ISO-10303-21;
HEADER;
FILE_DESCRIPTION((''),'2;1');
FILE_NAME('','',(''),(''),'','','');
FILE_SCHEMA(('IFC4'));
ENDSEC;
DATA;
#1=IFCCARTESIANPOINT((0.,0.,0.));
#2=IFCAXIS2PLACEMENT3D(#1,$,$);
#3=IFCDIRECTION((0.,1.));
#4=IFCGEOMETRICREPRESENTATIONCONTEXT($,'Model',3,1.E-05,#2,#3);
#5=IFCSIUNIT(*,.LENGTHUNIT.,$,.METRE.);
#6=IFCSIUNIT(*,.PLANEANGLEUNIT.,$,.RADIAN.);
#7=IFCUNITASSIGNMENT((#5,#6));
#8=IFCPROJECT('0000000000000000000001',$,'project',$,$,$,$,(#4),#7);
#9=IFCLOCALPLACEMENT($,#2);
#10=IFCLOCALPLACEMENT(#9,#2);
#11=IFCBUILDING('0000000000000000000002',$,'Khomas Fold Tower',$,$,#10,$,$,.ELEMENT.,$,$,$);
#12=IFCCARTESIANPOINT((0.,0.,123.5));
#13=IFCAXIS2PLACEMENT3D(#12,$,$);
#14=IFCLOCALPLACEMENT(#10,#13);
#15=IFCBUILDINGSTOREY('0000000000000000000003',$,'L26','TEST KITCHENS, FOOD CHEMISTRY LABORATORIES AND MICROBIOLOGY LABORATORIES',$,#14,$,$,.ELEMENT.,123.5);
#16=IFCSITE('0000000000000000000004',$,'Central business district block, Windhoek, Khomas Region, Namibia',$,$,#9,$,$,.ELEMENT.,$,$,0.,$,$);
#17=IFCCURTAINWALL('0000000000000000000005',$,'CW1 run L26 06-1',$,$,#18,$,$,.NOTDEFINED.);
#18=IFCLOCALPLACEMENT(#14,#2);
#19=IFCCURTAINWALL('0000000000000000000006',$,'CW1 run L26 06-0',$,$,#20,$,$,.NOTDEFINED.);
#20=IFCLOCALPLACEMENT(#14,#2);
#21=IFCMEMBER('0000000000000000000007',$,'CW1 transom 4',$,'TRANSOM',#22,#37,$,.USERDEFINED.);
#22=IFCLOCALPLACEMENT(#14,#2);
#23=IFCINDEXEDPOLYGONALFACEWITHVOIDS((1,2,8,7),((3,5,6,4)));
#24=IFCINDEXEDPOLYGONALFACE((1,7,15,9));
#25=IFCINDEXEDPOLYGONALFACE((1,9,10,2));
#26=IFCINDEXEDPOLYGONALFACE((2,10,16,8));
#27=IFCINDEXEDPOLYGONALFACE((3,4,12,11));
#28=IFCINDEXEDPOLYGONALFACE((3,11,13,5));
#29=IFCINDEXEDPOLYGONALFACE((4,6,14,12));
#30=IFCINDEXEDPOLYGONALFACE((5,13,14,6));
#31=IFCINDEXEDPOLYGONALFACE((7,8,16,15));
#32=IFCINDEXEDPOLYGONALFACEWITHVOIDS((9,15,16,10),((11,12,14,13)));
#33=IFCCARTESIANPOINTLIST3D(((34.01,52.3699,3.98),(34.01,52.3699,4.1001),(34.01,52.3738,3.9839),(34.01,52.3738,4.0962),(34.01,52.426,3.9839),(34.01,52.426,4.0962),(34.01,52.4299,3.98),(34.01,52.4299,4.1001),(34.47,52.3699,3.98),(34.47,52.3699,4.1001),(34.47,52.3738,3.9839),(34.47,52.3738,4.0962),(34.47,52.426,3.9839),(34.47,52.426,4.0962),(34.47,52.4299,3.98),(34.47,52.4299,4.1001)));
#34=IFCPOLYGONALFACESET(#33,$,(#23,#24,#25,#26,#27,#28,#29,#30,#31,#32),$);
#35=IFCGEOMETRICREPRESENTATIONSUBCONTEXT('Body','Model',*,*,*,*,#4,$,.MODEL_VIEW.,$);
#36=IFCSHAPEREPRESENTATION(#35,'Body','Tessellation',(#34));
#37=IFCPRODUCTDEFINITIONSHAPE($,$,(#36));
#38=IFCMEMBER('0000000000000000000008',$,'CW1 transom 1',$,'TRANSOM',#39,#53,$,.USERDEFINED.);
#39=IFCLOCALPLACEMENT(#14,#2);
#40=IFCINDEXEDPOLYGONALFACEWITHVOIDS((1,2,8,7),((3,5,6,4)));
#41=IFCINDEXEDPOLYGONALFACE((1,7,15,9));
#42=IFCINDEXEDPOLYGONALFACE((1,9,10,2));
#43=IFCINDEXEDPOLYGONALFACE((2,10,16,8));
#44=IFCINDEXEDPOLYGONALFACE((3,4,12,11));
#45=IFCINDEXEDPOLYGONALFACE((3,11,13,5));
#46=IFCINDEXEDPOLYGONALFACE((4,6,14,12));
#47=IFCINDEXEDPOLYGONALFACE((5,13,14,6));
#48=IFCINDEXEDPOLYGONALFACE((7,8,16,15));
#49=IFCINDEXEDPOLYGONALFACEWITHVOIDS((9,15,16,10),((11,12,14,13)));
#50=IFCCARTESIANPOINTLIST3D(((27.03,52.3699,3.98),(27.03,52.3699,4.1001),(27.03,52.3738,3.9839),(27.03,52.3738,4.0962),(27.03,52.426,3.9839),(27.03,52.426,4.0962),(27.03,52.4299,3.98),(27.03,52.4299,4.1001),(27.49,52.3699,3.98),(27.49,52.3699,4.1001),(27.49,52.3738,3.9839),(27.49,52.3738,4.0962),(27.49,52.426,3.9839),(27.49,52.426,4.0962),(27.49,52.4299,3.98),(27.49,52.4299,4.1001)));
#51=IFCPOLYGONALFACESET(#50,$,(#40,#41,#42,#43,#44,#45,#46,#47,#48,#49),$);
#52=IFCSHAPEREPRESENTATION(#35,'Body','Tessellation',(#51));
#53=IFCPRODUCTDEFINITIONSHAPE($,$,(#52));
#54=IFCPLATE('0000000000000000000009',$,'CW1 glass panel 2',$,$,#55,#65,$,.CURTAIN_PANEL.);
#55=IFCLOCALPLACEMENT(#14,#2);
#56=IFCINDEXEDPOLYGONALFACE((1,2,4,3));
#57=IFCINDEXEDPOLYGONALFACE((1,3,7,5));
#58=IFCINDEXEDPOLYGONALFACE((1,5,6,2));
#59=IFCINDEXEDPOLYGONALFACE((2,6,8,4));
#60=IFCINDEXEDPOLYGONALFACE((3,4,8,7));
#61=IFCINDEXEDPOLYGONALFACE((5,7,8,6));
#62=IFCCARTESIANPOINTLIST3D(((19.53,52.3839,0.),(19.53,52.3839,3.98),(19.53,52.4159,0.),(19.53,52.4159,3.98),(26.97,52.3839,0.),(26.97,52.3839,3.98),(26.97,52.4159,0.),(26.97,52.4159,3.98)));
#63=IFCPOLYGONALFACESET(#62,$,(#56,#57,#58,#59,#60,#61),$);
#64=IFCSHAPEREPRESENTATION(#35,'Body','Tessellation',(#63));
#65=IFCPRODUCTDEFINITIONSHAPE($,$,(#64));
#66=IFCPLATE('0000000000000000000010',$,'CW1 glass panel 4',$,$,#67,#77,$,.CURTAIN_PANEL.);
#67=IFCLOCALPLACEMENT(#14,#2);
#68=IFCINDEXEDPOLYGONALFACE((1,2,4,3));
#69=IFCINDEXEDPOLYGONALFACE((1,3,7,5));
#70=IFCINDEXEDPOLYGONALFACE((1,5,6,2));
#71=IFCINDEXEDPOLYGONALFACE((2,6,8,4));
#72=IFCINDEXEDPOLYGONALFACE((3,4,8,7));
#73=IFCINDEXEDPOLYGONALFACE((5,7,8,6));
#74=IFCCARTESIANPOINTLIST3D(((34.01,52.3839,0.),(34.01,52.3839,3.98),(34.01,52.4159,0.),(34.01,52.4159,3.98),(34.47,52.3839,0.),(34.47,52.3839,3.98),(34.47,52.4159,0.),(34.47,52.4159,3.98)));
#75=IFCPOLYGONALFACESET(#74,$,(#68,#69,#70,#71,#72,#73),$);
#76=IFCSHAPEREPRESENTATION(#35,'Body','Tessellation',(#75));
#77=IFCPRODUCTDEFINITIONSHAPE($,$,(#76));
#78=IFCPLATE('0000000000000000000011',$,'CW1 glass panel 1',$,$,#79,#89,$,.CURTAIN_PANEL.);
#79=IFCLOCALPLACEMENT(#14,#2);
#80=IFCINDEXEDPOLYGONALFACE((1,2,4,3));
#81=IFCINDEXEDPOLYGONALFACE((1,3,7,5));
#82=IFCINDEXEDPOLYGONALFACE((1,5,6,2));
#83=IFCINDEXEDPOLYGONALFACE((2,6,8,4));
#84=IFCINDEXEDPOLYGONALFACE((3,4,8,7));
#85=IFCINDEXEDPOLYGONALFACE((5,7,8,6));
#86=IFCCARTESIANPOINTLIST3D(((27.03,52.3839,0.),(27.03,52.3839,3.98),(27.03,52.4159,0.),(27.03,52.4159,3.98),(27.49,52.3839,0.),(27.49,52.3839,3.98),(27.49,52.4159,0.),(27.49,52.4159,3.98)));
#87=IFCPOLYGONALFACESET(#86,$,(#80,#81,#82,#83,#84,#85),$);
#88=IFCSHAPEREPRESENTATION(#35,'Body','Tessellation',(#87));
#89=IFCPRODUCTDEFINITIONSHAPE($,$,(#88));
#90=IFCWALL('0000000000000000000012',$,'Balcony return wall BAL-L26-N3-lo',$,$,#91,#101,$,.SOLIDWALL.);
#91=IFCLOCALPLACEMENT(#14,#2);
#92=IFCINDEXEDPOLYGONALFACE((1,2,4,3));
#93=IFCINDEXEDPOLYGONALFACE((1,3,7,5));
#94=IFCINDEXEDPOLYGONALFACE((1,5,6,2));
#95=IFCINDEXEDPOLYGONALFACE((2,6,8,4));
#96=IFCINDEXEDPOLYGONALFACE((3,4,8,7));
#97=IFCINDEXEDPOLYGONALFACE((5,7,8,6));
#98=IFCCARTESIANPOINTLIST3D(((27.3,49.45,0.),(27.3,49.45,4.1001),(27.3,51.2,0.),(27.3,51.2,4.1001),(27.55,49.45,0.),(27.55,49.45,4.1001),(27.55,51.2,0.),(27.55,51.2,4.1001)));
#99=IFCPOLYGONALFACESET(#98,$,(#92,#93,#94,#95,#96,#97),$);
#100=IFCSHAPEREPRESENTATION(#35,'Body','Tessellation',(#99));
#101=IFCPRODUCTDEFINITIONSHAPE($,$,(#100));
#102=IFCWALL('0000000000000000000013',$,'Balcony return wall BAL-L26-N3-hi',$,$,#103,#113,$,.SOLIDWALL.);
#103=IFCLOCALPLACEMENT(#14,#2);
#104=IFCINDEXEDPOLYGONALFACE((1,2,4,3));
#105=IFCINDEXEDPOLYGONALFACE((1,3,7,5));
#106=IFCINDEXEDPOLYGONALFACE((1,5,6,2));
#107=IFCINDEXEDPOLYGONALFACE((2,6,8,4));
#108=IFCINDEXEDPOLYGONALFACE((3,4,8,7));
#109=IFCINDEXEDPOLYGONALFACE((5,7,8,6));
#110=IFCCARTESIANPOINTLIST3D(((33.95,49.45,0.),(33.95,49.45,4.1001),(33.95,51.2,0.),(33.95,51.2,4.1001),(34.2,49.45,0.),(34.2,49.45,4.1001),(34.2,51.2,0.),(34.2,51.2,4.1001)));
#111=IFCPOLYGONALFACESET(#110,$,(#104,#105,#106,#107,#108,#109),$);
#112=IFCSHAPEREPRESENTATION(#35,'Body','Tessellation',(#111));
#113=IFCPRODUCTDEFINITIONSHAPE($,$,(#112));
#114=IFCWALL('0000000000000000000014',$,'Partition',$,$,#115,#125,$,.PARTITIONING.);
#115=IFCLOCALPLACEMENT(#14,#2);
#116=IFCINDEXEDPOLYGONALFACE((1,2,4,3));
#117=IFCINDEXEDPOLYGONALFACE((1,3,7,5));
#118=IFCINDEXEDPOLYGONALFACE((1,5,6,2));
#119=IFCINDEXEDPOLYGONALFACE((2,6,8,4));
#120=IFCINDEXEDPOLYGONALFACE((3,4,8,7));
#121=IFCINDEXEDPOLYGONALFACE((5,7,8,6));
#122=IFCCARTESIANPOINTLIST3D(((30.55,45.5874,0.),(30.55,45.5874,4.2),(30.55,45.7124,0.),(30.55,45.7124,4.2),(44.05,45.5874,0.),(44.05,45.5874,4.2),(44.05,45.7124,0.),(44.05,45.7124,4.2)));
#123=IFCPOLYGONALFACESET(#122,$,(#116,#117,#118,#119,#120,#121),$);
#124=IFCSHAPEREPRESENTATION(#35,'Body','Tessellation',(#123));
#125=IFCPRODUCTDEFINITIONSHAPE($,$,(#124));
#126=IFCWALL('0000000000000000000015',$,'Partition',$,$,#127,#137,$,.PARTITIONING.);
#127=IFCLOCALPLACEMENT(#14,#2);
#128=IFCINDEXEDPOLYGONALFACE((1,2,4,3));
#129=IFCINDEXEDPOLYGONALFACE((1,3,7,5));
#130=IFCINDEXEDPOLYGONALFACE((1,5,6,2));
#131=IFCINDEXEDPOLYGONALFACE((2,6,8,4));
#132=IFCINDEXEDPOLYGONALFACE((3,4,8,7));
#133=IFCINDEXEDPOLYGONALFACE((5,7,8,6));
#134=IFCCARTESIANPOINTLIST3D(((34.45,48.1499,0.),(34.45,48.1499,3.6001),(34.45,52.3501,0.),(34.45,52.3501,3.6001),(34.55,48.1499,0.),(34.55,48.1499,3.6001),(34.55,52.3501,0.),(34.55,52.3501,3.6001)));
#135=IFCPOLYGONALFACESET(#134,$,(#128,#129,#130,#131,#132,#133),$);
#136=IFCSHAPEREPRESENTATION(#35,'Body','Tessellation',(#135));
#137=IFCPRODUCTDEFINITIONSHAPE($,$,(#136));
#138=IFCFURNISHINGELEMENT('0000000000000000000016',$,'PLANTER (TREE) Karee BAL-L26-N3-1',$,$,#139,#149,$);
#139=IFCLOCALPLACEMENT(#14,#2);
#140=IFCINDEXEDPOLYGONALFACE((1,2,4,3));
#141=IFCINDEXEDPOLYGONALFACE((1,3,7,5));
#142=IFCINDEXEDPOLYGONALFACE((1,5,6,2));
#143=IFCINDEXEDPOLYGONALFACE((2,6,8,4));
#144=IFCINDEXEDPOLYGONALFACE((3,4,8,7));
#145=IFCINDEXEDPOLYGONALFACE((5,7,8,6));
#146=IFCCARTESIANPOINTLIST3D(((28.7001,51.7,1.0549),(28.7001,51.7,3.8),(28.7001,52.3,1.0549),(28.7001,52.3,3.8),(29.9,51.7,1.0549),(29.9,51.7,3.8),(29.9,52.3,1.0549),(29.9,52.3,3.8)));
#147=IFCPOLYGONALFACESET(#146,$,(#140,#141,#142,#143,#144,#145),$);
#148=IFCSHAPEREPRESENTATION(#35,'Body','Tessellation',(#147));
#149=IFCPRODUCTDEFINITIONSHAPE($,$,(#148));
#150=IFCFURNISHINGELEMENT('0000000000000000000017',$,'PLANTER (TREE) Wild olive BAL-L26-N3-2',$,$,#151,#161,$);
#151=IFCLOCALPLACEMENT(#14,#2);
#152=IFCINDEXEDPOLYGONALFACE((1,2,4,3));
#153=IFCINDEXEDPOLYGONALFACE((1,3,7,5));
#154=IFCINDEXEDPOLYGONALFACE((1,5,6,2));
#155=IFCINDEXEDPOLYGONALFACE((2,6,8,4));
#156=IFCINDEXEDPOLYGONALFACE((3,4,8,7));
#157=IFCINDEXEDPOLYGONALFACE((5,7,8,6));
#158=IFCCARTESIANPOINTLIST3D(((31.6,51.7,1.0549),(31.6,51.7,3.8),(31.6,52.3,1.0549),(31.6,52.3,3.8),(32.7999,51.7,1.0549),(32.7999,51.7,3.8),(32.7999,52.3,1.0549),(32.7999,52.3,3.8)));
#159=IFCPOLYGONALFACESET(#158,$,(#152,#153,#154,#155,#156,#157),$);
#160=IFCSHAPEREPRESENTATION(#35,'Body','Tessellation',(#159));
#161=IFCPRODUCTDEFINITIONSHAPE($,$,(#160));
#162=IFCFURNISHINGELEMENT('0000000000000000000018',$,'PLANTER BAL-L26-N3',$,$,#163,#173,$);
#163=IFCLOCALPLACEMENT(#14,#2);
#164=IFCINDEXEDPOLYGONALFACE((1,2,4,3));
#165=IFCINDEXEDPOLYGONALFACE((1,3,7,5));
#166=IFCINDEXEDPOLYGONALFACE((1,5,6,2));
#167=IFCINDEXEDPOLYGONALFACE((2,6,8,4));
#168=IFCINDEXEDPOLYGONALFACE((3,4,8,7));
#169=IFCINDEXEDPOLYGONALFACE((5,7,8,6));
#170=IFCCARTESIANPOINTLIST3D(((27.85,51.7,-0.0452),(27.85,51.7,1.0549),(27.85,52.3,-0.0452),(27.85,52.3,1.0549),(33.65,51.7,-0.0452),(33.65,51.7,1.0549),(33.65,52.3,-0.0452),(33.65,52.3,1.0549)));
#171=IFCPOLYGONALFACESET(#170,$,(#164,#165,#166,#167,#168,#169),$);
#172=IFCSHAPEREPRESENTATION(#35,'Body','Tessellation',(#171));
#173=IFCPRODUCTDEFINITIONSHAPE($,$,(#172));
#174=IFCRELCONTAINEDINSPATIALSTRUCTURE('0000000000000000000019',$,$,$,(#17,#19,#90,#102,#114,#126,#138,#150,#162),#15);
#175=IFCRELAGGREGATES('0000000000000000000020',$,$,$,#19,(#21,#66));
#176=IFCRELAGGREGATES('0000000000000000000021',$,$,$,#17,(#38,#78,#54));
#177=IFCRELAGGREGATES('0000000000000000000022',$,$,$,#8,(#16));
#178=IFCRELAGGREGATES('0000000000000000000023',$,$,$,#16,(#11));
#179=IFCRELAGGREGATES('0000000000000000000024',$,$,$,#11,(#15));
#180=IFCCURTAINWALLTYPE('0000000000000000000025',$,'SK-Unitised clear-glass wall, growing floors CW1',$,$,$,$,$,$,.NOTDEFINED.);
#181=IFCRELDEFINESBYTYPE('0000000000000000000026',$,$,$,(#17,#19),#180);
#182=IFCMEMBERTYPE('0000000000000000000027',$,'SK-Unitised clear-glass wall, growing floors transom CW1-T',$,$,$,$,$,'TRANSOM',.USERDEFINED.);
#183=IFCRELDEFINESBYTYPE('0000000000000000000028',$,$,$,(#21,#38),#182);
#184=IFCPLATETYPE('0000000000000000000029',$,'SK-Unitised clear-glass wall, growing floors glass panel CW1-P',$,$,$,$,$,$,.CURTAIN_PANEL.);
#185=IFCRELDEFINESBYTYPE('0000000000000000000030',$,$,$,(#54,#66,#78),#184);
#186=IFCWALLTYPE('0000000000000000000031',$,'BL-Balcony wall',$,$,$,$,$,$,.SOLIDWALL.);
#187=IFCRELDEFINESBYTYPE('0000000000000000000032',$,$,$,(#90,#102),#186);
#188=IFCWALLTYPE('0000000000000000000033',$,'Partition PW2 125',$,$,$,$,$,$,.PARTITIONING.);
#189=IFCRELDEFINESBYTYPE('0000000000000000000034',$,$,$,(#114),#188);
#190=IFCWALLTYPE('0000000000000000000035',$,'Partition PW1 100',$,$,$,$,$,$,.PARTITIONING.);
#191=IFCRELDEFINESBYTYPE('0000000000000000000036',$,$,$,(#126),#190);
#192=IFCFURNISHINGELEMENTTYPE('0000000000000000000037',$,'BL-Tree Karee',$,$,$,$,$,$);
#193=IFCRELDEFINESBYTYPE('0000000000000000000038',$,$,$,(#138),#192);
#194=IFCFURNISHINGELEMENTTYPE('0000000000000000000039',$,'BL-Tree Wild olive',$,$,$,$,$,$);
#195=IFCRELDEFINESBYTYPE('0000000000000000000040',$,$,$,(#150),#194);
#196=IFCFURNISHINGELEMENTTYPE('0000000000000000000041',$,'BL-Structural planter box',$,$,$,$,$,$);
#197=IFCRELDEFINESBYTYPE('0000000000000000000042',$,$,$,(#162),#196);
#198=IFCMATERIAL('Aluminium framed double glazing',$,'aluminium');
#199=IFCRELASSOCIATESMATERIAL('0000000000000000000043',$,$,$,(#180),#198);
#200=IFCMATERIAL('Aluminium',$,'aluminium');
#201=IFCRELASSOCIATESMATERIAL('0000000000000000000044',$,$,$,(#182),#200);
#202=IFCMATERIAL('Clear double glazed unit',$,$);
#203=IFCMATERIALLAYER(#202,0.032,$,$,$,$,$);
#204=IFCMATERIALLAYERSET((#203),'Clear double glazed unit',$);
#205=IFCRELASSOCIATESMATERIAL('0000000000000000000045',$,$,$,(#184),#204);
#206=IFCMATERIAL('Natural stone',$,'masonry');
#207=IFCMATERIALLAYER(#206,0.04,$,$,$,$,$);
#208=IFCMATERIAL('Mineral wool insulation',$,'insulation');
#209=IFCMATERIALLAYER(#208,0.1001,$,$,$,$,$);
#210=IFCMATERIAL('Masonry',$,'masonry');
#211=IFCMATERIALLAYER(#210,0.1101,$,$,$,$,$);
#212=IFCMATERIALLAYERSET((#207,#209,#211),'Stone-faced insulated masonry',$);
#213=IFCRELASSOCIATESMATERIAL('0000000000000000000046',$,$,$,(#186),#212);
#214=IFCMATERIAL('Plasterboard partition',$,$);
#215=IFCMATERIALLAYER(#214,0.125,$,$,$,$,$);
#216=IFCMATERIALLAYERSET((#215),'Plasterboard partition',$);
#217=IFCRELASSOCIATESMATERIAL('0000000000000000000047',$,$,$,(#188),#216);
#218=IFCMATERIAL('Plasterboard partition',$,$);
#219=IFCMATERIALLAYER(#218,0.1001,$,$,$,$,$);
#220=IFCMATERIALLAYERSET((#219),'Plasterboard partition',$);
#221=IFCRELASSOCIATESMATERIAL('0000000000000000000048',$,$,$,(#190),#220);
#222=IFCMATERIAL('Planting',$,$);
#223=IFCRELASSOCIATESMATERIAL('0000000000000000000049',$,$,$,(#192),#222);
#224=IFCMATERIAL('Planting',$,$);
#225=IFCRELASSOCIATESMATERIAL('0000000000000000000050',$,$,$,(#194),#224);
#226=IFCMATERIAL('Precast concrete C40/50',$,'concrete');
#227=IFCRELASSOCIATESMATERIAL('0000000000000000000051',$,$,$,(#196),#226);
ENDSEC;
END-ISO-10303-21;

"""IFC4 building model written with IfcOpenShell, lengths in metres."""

from ifc_helpers import new_model, si_unit, direction, frame, frame_2d, origin, origin_2d, place, context, subcontext, project, spatial, rectangle, hollow_rectangle, extrude, source, transform, mapped, material, layer, layer_set, material_profile, profile_set, type_object, element, aggregate, save


model = new_model("IFC4")

# Units and contexts
model_context = context("Model", 3, precision=1e-05, world=origin(), true_north=direction((0.0, 1.0)))
body_context = subcontext(model_context, "Body", "Model", "MODEL_VIEW")
ifc_project = project(units=[si_unit("LENGTHUNIT", "METRE"), si_unit("PLANEANGLEUNIT", "RADIAN")], contexts=[model_context])

# Site, building, storey
site_placement = place(None, origin())
site = spatial("IfcSite", under=ifc_project, at=site_placement, Name="Central business district block, Windhoek, Khomas Region, Namibia", CompositionType="ELEMENT", RefElevation=0.0)
building_placement = place(site_placement, origin())
building = spatial("IfcBuilding", under=site, at=building_placement, Name="Khomas Fold Tower", CompositionType="ELEMENT")
storey_placement = place(building_placement, frame((0.0, 0.0, 123.5)))
storey = spatial("IfcBuildingStorey", under=building, at=storey_placement, Name="L26", Description="TEST KITCHENS, FOOD CHEMISTRY LABORATORIES AND MICROBIOLOGY LABORATORIES", CompositionType="ELEMENT", Elevation=123.5)

# Curtain wall
ifc_material_1 = material(Name="Aluminium framed double glazing", Category="aluminium")
curtain_wall_type = type_object("IfcCurtainWallType", Name="SK-Unitised clear-glass wall, growing floors CW1", PredefinedType="NOTDEFINED", material=ifc_material_1)
curtain_wall_1_placement = place(storey_placement, origin())
curtain_wall_1 = element("IfcCurtainWall", 1, at=curtain_wall_1_placement, inside=storey, type_object=curtain_wall_type, Name="CW1 run L26 06-1", PredefinedType="NOTDEFINED")
ifc_material_2 = material(Name="Aluminium", Category="aluminium")
ifc_material_profile_1 = material_profile(ifc_material_2, hollow_rectangle(XDim=0.0601, YDim=0.1201, WallThickness=0.0039, at=origin_2d()), Name="SK-Unitised clear-glass wall, growing floors transom CW1-T")
ifc_profile_set_1 = profile_set([ifc_material_profile_1], Name="Aluminium")
member_type_1 = type_object("IfcMemberType", Name="SK-Unitised clear-glass wall, growing floors transom CW1-T", ElementType="TRANSOM", PredefinedType="USERDEFINED", material=ifc_profile_set_1)

# Curtain wall
curtain_wall_2_placement = place(storey_placement, origin())
curtain_wall_2 = element("IfcCurtainWall", 2, at=curtain_wall_2_placement, inside=storey, type_object=curtain_wall_type, Name="CW1 run L26 06-0", PredefinedType="NOTDEFINED")

# Members
shared_shape_1 = source(origin(), body_context, "Body", "SweptSolid", [
    extrude(hollow_rectangle(XDim=0.0601, YDim=0.1201, WallThickness=0.0039, at=origin_2d()), origin(), (0.0, 0.0, 1.0), 0.46),
])
member_1_placement = place(storey_placement, frame((34.47, 52.3999, 4.04), z_axis=(-1.0, 0.0, 0.0), x_axis=(0.0, -1.0, 0.0)))
member_1 = element("IfcMember", 3, at=member_1_placement, type_object=member_type_1, Name="CW1 transom 4", ObjectType="TRANSOM", PredefinedType="USERDEFINED", context=body_context, shape_type="MappedRepresentation", body=[
    mapped(shared_shape_1, transform((0.0, 0.0, 0.0))),
])
member_2_placement = place(storey_placement, frame((27.49, 52.3999, 4.04), z_axis=(-1.0, 0.0, 0.0), x_axis=(0.0, -1.0, 0.0)))
member_2 = element("IfcMember", 4, at=member_2_placement, type_object=member_type_1, Name="CW1 transom 1", ObjectType="TRANSOM", PredefinedType="USERDEFINED", context=body_context, shape_type="MappedRepresentation", body=[
    mapped(shared_shape_1, transform((0.0, 0.0, 0.0))),
])

# Plates
ifc_material_3 = material(Name="Clear double glazed unit")
ifc_layer_1 = layer(ifc_material_3, 0.032)
ifc_layer_set_1 = layer_set([ifc_layer_1], Name="Clear double glazed unit")
plate_type = type_object("IfcPlateType", Name="SK-Unitised clear-glass wall, growing floors glass panel CW1-P", PredefinedType="CURTAIN_PANEL", material=ifc_layer_set_1)
shared_shape_2 = source(origin(), body_context, "Body", "SweptSolid", [
    extrude(rectangle(XDim=7.4399, YDim=0.032, at=origin_2d()), origin(), (0.0, 0.0, 1.0), 3.98),
])
plate_1_placement = place(storey_placement, frame((23.25, 52.3999, 0.0), z_axis=(0.0, 0.0, 1.0), x_axis=(-1.0, 0.0, 0.0)))
plate_1 = element("IfcPlate", 5, at=plate_1_placement, type_object=plate_type, Name="CW1 glass panel 2", PredefinedType="CURTAIN_PANEL", context=body_context, shape_type="MappedRepresentation", body=[
    mapped(shared_shape_2, transform((0.0, 0.0, 0.0))),
])
shared_shape_3 = source(origin(), body_context, "Body", "SweptSolid", [
    extrude(rectangle(XDim=0.46, YDim=0.032, at=origin_2d()), origin(), (0.0, 0.0, 1.0), 3.98),
])
plate_2_placement = place(storey_placement, frame((34.24, 52.3999, 0.0), z_axis=(0.0, 0.0, 1.0), x_axis=(-1.0, 0.0, 0.0)))
plate_2 = element("IfcPlate", 6, at=plate_2_placement, type_object=plate_type, Name="CW1 glass panel 4", PredefinedType="CURTAIN_PANEL", context=body_context, shape_type="MappedRepresentation", body=[
    mapped(shared_shape_3, transform((0.0, 0.0, 0.0))),
])
aggregate(curtain_wall_2, [member_1, plate_2])
plate_3_placement = place(storey_placement, frame((27.26, 52.3999, 0.0), z_axis=(0.0, 0.0, 1.0), x_axis=(-1.0, 0.0, 0.0)))
plate_3 = element("IfcPlate", 7, at=plate_3_placement, type_object=plate_type, Name="CW1 glass panel 1", PredefinedType="CURTAIN_PANEL", context=body_context, shape_type="MappedRepresentation", body=[
    mapped(shared_shape_3, transform((0.0, 0.0, 0.0))),
])
aggregate(curtain_wall_1, [member_2, plate_3, plate_1])

# Shared definitions
ifc_material_4 = material(Name="Natural stone", Category="masonry")
ifc_layer_2 = layer(ifc_material_4, 0.04)
ifc_material_5 = material(Name="Mineral wool insulation", Category="insulation")
ifc_layer_3 = layer(ifc_material_5, 0.1001)
ifc_material_6 = material(Name="Masonry", Category="masonry")
ifc_layer_4 = layer(ifc_material_6, 0.1101)
ifc_layer_set_2 = layer_set([ifc_layer_2, ifc_layer_3, ifc_layer_4], Name="Stone-faced insulated masonry")
wall_type_1 = type_object("IfcWallType", Name="BL-Balcony wall", PredefinedType="SOLIDWALL", material=ifc_layer_set_2)

# Walls
shared_shape_4 = source(origin(), body_context, "Body", "SweptSolid", [
    extrude(rectangle(XDim=1.75, YDim=0.25, at=frame_2d((0.875, 0.0))), origin(), (0.0, 0.0, 1.0), 4.1001),
])
for number, where, z_axis, x_axis, name in (
    (8, (27.425, 51.2, 0.0), (0.0, 0.0, 1.0), (0.0, -1.0, 0.0), "Balcony return wall BAL-L26-N3-lo"),
    (9, (34.075, 51.2, 0.0), (0.0, 0.0, 1.0), (0.0, -1.0, 0.0), "Balcony return wall BAL-L26-N3-hi"),
):
    element("IfcWall", number, at=place(storey_placement, frame(where, z_axis=z_axis, x_axis=x_axis)), inside=storey, type_object=wall_type_1, Name=name, PredefinedType="SOLIDWALL", context=body_context, shape_type="MappedRepresentation", body=[
        mapped(shared_shape_4, transform((0.0, 0.0, 0.0))),
    ])
ifc_material_7 = material(Name="Plasterboard partition")
ifc_layer_5 = layer(ifc_material_7, 0.125)
ifc_layer_set_3 = layer_set([ifc_layer_5], Name="Plasterboard partition")
wall_type_2 = type_object("IfcWallType", Name="Partition PW2 125", PredefinedType="PARTITIONING", material=ifc_layer_set_3)
shared_shape_5 = source(origin(), body_context, "Body", "SweptSolid", [
    extrude(rectangle(XDim=13.5, YDim=0.125, at=frame_2d((6.75, 0.0))), origin(), (0.0, 0.0, 1.0), 4.2),
])
wall_1_placement = place(storey_placement, frame((30.55, 45.6499, 0.0), z_axis=(0.0, 0.0, 1.0), x_axis=(1.0, 0.0, 0.0)))
element("IfcWall", 10, at=wall_1_placement, inside=storey, type_object=wall_type_2, Name="Partition", PredefinedType="PARTITIONING", context=body_context, shape_type="MappedRepresentation", body=[
    mapped(shared_shape_5, transform((0.0, 0.0, 0.0))),
])
ifc_material_8 = material(Name="Plasterboard partition")
ifc_layer_6 = layer(ifc_material_8, 0.1001)
ifc_layer_set_4 = layer_set([ifc_layer_6], Name="Plasterboard partition")
wall_type_3 = type_object("IfcWallType", Name="Partition PW1 100", PredefinedType="PARTITIONING", material=ifc_layer_set_4)
shared_shape_6 = source(origin(), body_context, "Body", "SweptSolid", [
    extrude(rectangle(XDim=4.2002, YDim=0.1001, at=frame_2d((2.1001, 0.0))), origin(), (0.0, 0.0, 1.0), 3.6001),
])
wall_2_placement = place(storey_placement, frame((34.5, 48.1499, 0.0), z_axis=(0.0, 0.0, 1.0), x_axis=(0.0, 1.0, 0.0)))
element("IfcWall", 11, at=wall_2_placement, inside=storey, type_object=wall_type_3, Name="Partition", PredefinedType="PARTITIONING", context=body_context, shape_type="MappedRepresentation", body=[
    mapped(shared_shape_6, transform((0.0, 0.0, 0.0))),
])

# Furnishing elements
ifc_material_9 = material(Name="Planting")
furnishing_element_type_1 = type_object("IfcFurnishingElementType", Name="BL-Tree Karee", material=ifc_material_9)
shared_shape_7 = source(origin(), body_context, "Body", "SweptSolid", [
    extrude(rectangle(XDim=1.2, YDim=0.6001, at=origin_2d()), origin(), (0.0, 0.0, 1.0), 2.7451),
])
furnishing_1_placement = place(storey_placement, frame((29.3, 52.0, 1.0549), z_axis=(0.0, 0.0, 1.0), x_axis=(1.0, 0.0, 0.0)))
element("IfcFurnishingElement", 12, at=furnishing_1_placement, inside=storey, type_object=furnishing_element_type_1, Name="PLANTER (TREE) Karee BAL-L26-N3-1", context=body_context, shape_type="MappedRepresentation", body=[
    mapped(shared_shape_7, transform((0.0, 0.0, 0.0))),
])
ifc_material_10 = material(Name="Planting")
furnishing_element_type_2 = type_object("IfcFurnishingElementType", Name="BL-Tree Wild olive", material=ifc_material_10)
furnishing_2_placement = place(storey_placement, frame((32.2, 52.0, 1.0549), z_axis=(0.0, 0.0, 1.0), x_axis=(1.0, 0.0, 0.0)))
element("IfcFurnishingElement", 13, at=furnishing_2_placement, inside=storey, type_object=furnishing_element_type_2, Name="PLANTER (TREE) Wild olive BAL-L26-N3-2", context=body_context, shape_type="MappedRepresentation", body=[
    mapped(shared_shape_7, transform((0.0, 0.0, 0.0))),
])
ifc_material_11 = material(Name="Precast concrete C40/50", Category="concrete")
furnishing_element_type_3 = type_object("IfcFurnishingElementType", Name="BL-Structural planter box", material=ifc_material_11)
shared_shape_8 = source(origin(), body_context, "Body", "SweptSolid", [
    extrude(rectangle(XDim=5.8, YDim=0.6001, at=origin_2d()), origin(), (0.0, 0.0, 1.0), 1.1001),
])
furnishing_3_placement = place(storey_placement, frame((30.75, 52.0, -0.0452), z_axis=(0.0, 0.0, 1.0), x_axis=(1.0, 0.0, 0.0)))
element("IfcFurnishingElement", 14, at=furnishing_3_placement, inside=storey, type_object=furnishing_element_type_3, Name="PLANTER BAL-L26-N3", context=body_context, shape_type="MappedRepresentation", body=[
    mapped(shared_shape_8, transform((0.0, 0.0, 0.0))),
])

save(model, "model.ifc")
